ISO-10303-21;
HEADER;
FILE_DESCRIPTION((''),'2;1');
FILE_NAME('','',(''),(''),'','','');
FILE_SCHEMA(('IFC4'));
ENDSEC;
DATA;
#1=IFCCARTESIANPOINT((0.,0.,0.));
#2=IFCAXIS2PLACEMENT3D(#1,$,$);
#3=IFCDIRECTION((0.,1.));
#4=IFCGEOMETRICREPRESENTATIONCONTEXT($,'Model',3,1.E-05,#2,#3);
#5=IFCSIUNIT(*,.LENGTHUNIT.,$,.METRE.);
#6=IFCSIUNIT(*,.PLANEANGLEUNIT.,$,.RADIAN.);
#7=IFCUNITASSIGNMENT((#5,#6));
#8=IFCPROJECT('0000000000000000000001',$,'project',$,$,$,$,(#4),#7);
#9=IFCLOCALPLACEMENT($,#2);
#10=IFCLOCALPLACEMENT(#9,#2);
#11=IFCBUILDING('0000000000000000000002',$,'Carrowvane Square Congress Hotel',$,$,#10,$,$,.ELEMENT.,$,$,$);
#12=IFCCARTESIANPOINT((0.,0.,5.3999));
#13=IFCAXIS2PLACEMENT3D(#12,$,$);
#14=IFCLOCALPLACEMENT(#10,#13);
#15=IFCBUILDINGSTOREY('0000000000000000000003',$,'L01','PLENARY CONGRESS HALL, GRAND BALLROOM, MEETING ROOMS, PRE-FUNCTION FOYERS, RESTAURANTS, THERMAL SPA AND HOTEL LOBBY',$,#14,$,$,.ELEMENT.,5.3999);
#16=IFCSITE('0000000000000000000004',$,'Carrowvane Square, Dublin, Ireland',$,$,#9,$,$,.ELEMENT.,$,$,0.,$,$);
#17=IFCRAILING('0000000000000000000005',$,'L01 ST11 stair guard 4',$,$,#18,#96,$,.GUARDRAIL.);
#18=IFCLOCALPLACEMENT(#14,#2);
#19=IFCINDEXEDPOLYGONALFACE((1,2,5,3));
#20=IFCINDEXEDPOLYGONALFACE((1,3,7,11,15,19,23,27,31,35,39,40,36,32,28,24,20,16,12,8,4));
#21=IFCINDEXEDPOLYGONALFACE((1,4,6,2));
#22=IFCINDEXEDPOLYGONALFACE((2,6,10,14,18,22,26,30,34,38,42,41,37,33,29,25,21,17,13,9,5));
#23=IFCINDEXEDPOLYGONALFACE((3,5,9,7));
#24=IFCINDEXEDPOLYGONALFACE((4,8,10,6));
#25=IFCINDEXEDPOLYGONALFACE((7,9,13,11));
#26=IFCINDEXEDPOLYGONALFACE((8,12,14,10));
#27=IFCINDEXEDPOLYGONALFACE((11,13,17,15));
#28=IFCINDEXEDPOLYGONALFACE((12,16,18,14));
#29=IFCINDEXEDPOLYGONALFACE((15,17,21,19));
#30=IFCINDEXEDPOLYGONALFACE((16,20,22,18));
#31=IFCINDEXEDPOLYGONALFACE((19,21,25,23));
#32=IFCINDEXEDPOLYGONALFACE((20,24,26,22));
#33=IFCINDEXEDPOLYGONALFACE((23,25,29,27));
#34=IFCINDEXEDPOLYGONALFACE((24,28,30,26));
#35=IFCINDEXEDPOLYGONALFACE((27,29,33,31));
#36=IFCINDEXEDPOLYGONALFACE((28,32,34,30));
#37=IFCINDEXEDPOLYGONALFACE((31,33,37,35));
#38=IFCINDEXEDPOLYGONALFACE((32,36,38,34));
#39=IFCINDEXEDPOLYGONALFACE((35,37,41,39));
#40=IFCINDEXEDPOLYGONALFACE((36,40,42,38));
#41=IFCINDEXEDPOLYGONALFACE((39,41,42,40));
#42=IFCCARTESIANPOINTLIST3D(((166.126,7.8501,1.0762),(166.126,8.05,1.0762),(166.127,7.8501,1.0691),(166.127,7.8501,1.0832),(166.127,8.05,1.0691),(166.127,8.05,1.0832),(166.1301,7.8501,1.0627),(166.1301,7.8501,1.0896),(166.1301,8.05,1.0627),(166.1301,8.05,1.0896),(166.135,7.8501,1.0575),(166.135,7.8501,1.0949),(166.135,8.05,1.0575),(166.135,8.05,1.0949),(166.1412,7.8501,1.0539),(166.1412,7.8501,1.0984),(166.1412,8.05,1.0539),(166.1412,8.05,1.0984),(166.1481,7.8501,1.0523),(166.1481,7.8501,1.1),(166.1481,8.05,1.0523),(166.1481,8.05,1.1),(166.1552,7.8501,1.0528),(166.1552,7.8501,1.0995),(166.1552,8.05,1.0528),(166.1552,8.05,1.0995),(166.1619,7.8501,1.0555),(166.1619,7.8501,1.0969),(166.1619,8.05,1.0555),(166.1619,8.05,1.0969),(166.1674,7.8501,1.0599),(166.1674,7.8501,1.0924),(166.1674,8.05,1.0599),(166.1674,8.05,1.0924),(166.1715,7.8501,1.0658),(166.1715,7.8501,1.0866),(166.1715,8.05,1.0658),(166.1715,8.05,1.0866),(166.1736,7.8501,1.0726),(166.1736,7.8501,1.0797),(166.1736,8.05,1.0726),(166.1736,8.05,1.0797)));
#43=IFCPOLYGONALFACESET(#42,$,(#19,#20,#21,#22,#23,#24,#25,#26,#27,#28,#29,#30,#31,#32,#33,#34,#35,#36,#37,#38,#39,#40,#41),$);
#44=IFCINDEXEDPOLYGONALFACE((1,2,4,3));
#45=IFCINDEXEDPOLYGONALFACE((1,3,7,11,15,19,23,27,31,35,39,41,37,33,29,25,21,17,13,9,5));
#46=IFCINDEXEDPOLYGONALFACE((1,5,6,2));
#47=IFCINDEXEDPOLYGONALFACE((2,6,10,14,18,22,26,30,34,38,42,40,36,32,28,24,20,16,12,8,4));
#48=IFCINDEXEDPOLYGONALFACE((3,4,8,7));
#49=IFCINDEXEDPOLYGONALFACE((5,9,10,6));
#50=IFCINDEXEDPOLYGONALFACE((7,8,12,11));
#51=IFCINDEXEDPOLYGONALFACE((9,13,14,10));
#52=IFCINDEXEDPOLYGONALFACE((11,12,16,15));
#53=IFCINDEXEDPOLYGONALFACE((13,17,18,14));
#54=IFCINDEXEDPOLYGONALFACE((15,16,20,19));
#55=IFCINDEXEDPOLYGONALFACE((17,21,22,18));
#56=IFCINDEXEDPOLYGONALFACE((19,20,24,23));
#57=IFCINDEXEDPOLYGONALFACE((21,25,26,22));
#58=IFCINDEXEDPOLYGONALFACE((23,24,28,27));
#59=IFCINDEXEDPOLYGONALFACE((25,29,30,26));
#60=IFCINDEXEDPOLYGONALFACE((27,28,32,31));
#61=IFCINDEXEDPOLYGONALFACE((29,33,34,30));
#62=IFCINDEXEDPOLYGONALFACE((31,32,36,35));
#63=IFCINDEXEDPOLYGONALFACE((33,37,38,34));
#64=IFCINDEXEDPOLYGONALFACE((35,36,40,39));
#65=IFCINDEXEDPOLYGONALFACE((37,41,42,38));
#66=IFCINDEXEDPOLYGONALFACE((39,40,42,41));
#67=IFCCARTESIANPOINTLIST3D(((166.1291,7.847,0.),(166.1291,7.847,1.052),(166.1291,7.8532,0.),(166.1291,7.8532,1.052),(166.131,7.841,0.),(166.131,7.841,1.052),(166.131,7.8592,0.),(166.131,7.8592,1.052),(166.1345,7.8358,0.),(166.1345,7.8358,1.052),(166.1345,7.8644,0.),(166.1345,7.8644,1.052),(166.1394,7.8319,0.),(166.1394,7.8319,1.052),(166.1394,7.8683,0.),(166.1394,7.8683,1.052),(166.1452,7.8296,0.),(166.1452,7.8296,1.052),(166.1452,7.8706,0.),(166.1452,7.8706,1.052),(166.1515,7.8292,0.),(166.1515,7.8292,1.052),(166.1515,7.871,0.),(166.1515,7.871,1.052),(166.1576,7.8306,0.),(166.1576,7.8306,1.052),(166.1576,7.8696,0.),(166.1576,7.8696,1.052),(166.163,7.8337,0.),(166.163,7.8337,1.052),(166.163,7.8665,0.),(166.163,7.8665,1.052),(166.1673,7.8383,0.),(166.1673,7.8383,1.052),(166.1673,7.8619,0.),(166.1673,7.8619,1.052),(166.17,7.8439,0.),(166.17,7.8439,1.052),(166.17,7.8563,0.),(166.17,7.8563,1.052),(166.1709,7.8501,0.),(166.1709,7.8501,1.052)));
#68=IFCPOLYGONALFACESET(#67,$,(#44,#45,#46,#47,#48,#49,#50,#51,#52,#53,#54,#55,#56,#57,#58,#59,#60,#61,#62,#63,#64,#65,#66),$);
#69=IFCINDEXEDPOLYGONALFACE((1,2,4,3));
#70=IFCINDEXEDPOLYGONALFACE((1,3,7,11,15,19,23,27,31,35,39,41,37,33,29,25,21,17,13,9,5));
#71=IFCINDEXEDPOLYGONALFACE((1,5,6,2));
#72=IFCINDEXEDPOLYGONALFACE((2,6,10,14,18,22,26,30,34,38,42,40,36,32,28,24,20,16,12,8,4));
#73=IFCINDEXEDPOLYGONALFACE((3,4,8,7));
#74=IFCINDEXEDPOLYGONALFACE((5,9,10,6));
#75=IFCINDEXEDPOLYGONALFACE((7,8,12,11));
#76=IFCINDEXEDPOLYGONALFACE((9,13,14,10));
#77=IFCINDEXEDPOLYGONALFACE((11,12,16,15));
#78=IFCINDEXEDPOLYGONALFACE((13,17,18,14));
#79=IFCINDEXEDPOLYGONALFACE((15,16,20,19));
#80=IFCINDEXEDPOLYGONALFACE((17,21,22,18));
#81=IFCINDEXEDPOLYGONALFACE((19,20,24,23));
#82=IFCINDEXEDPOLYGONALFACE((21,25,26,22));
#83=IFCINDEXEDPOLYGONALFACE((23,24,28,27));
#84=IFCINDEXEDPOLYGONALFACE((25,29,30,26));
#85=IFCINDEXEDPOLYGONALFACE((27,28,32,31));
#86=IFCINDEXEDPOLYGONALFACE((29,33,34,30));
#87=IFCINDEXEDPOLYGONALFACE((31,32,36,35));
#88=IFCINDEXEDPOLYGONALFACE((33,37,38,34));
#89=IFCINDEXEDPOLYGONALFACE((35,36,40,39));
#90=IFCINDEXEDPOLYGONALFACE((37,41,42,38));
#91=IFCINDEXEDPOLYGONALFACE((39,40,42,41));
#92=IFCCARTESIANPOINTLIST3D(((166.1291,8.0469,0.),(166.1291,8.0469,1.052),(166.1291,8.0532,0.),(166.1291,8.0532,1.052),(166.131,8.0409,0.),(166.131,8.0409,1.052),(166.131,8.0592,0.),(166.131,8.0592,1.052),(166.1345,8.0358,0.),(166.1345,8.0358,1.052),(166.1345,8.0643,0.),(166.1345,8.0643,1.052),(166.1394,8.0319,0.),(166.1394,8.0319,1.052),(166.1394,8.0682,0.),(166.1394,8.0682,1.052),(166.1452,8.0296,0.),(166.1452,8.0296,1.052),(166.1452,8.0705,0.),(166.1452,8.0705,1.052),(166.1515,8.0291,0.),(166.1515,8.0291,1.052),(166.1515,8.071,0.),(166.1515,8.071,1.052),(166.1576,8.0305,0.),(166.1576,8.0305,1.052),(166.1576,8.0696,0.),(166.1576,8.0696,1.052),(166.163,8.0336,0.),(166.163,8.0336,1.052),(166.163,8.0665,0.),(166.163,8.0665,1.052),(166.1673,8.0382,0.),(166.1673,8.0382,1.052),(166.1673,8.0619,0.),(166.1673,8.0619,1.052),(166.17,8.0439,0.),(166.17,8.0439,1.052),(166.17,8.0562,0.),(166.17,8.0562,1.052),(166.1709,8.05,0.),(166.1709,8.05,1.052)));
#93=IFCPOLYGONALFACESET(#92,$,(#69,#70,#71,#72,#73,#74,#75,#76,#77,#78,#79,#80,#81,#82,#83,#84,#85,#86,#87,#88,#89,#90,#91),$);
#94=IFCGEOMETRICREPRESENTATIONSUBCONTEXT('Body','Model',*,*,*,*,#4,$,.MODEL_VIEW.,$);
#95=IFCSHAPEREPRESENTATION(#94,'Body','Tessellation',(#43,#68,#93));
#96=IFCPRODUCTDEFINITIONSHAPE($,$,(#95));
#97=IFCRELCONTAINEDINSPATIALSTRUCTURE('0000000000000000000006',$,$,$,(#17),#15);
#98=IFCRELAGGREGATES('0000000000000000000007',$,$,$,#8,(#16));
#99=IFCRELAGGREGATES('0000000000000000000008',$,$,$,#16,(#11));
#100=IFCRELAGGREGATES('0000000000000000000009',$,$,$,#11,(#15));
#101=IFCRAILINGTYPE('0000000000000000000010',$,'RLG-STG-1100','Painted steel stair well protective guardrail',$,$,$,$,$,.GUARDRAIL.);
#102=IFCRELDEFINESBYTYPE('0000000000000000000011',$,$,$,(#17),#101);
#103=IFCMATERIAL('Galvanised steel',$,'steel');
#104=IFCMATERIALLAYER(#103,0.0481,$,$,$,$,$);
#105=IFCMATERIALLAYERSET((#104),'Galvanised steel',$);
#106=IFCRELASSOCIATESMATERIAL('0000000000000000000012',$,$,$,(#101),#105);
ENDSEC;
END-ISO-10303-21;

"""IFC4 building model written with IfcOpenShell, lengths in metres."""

from ifc_helpers import new_model, si_unit, direction, frame, origin, origin_2d, place, context, subcontext, project, spatial, circle, extrude, material, layer, layer_set, type_object, element, save


model = new_model("IFC4")

# Units and contexts
model_context = context("Model", 3, precision=1e-05, world=origin(), true_north=direction((0.0, 1.0)))
body_context = subcontext(model_context, "Body", "Model", "MODEL_VIEW")
ifc_project = project(units=[si_unit("LENGTHUNIT", "METRE"), si_unit("PLANEANGLEUNIT", "RADIAN")], contexts=[model_context])

# Site, building, storey
site_placement = place(None, origin())
site = spatial("IfcSite", under=ifc_project, at=site_placement, Name="Carrowvane Square, Dublin, Ireland", CompositionType="ELEMENT", RefElevation=0.0)
building_placement = place(site_placement, origin())
building = spatial("IfcBuilding", under=site, at=building_placement, Name="Carrowvane Square Congress Hotel", CompositionType="ELEMENT")
storey_placement = place(building_placement, frame((0.0, 0.0, 5.3999)))
storey = spatial("IfcBuildingStorey", under=building, at=storey_placement, Name="L01", Description="PLENARY CONGRESS HALL, GRAND BALLROOM, MEETING ROOMS, PRE-FUNCTION FOYERS, RESTAURANTS, THERMAL SPA AND HOTEL LOBBY", CompositionType="ELEMENT", Elevation=5.3999)

# Railing
ifc_material_1 = material(Name="Galvanised steel", Category="steel")
ifc_layer_1 = layer(ifc_material_1, 0.0481)
ifc_layer_set_1 = layer_set([ifc_layer_1], Name="Galvanised steel")
railing_type_1 = type_object("IfcRailingType", Name="RLG-STG-1100", Description="Painted steel stair well protective guardrail", PredefinedType="GUARDRAIL", material=ifc_layer_set_1)
railing_1_placement = place(storey_placement, frame((166.1499, 7.8501, 0.0)))
element("IfcRailing", 1, at=railing_1_placement, inside=storey, type_object=railing_type_1, Name="L01 ST11 stair guard 4", PredefinedType="GUARDRAIL", context=body_context, shape_type="SweptSolid", body=[
    extrude(circle(Radius=0.0239, at=origin_2d()), frame((0.0, 0.0, 1.0762), z_axis=(0.0, 1.0, 0.0), x_axis=(-1.0, 0.0, 0.0)), (0.0, 0.0, 1.0), 0.2),
    extrude(circle(Radius=0.021, at=origin_2d()), origin(), (0.0, 0.0, 1.0), 1.052),
    extrude(circle(Radius=0.021, at=origin_2d()), frame((0.0, 0.2, 0.0)), (0.0, 0.0, 1.0), 1.052),
])

save(model, "model.ifc")
